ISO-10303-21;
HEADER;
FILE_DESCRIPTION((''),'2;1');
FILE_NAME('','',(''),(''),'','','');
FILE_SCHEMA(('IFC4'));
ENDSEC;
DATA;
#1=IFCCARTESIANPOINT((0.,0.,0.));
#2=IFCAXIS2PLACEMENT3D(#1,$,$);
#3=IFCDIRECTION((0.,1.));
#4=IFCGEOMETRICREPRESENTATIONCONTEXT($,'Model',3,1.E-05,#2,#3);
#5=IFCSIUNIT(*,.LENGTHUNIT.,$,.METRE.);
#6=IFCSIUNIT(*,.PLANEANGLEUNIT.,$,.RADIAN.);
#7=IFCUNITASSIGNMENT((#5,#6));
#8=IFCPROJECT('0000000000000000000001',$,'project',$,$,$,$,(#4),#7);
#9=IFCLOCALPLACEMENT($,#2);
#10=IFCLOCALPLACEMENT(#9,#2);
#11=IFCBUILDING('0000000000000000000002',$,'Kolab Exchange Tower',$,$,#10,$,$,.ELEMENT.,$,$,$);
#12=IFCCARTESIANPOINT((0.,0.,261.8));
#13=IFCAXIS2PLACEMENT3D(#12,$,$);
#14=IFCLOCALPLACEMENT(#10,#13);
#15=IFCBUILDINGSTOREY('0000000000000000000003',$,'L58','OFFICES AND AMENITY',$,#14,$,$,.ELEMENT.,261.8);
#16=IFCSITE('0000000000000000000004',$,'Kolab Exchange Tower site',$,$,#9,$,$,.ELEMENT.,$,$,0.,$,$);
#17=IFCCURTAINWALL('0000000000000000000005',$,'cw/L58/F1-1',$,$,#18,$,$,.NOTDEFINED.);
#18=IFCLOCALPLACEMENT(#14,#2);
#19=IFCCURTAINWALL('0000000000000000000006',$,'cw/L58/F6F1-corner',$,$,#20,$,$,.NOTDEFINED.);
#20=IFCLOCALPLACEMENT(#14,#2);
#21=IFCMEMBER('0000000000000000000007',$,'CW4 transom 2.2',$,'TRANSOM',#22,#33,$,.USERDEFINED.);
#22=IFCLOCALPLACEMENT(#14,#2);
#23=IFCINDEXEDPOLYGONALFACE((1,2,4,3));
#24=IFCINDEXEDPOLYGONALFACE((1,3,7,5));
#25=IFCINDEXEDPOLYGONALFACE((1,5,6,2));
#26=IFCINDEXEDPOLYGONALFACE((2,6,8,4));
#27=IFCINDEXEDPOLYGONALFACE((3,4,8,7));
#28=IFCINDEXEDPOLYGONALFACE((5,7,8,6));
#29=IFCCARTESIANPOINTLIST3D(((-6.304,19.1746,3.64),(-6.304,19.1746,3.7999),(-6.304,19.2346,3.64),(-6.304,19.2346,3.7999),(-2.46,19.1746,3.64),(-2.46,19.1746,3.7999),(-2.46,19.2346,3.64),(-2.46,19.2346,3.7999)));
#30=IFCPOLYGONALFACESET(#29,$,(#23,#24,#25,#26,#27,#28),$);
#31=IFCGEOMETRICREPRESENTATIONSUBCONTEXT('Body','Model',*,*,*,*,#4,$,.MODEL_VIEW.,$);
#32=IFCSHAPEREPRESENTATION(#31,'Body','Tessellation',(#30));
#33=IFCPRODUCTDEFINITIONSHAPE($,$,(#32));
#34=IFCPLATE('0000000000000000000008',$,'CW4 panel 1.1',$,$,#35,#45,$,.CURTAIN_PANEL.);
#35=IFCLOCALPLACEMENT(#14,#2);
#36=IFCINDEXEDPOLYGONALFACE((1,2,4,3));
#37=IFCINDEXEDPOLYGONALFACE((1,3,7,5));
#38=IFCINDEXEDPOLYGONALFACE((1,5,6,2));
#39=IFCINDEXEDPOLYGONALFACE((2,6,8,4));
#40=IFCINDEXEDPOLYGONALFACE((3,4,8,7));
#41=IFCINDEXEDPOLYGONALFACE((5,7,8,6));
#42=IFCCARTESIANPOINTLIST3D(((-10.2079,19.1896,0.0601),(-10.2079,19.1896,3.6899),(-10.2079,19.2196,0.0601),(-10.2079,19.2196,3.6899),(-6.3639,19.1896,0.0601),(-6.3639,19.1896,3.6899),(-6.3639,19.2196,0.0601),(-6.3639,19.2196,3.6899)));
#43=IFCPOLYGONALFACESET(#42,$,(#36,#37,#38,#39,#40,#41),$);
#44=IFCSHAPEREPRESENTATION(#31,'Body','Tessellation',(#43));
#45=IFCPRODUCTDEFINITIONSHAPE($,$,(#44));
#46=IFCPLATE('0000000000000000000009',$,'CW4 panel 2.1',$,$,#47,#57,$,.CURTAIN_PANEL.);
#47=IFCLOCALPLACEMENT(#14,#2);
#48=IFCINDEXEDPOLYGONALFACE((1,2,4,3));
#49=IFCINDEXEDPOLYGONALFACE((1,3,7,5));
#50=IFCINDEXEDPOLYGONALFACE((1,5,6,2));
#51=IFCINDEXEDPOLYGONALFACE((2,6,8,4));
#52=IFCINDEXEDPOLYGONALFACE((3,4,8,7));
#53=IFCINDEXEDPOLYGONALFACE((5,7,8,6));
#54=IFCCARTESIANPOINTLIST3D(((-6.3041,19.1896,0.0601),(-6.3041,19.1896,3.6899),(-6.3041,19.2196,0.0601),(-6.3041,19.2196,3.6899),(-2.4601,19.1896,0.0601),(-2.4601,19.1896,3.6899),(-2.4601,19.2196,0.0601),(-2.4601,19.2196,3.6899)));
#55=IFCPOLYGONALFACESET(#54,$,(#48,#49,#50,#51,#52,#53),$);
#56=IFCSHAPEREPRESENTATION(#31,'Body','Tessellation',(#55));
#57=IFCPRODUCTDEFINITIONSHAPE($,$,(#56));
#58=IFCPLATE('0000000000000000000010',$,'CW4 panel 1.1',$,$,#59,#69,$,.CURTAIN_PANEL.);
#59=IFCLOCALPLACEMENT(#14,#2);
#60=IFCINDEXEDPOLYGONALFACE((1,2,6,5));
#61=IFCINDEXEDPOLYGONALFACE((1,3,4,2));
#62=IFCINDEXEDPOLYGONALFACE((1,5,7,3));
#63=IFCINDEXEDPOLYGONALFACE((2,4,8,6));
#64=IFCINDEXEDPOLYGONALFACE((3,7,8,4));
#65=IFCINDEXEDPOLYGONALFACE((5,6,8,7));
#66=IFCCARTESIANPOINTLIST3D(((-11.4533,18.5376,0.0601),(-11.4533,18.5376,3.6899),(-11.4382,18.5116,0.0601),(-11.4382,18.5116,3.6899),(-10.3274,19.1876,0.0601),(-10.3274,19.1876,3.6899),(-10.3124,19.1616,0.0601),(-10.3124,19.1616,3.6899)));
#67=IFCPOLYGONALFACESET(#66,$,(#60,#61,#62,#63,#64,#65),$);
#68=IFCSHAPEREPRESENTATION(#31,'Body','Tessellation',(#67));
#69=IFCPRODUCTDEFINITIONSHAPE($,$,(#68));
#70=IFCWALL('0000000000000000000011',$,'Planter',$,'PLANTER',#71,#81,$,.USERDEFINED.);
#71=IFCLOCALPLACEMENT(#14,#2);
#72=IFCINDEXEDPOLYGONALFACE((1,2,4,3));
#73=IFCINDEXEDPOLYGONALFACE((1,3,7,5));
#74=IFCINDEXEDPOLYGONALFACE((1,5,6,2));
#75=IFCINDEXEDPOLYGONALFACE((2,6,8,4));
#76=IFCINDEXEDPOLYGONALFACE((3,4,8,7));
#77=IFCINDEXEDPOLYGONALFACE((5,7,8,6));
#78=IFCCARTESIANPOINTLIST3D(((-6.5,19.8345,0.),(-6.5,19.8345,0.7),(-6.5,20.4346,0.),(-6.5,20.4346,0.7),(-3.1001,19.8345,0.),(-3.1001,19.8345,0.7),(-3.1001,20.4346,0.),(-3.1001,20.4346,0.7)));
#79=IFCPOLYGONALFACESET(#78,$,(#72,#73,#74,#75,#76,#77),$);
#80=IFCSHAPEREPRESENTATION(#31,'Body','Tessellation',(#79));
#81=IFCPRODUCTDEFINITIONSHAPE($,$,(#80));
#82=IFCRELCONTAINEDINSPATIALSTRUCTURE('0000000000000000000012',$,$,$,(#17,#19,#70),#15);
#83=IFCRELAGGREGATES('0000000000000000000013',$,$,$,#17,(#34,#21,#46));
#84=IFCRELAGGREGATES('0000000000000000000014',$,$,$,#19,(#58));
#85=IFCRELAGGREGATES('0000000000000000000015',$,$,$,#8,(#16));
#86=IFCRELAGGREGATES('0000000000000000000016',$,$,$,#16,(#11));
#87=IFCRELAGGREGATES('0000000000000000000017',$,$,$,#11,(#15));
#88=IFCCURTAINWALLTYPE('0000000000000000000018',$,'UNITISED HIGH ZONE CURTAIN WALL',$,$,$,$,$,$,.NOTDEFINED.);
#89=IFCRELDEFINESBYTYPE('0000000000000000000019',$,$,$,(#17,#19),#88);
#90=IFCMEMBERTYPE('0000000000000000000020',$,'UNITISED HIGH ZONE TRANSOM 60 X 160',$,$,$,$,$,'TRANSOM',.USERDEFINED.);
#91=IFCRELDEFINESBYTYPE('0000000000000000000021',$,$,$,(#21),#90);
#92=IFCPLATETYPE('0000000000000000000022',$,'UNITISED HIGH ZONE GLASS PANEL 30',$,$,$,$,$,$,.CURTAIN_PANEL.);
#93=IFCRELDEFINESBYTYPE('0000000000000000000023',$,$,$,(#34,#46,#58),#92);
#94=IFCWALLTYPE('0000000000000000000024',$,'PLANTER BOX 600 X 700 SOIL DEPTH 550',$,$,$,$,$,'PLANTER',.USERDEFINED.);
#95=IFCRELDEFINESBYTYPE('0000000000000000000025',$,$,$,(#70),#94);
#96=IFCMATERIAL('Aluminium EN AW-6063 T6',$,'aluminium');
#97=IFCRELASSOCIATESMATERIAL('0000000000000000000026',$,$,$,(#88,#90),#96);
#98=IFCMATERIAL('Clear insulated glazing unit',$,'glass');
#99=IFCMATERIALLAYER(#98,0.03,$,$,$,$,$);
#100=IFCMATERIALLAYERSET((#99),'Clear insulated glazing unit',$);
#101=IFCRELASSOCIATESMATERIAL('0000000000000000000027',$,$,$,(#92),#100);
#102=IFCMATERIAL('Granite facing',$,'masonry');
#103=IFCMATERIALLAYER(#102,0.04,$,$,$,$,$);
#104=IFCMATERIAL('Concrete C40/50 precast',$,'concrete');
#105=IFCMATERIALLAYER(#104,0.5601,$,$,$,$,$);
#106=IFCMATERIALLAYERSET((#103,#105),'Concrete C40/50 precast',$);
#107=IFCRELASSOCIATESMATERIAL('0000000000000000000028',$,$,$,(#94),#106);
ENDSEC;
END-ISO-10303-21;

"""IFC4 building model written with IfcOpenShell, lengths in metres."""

from ifc_helpers import new_model, si_unit, direction, frame, frame_2d, origin, origin_2d, place, context, subcontext, project, spatial, rectangle, extrude, material, layer, layer_set, material_profile, profile_set, type_object, element, aggregate, save


model = new_model("IFC4")

# Units and contexts
model_context = context("Model", 3, precision=1e-05, world=origin(), true_north=direction((0.0, 1.0)))
body_context = subcontext(model_context, "Body", "Model", "MODEL_VIEW")
ifc_project = project(units=[si_unit("LENGTHUNIT", "METRE"), si_unit("PLANEANGLEUNIT", "RADIAN")], contexts=[model_context])

# Site, building, storey
site_placement = place(None, origin())
site = spatial("IfcSite", under=ifc_project, at=site_placement, Name="Kolab Exchange Tower site", CompositionType="ELEMENT", RefElevation=0.0)
building_placement = place(site_placement, origin())
building = spatial("IfcBuilding", under=site, at=building_placement, Name="Kolab Exchange Tower", CompositionType="ELEMENT")
storey_placement = place(building_placement, frame((0.0, 0.0, 261.8)))
storey = spatial("IfcBuildingStorey", under=building, at=storey_placement, Name="L58", Description="OFFICES AND AMENITY", CompositionType="ELEMENT", Elevation=261.8)

# Curtain wall
ifc_material_1 = material(Name="Aluminium EN AW-6063 T6", Category="aluminium")
curtain_wall_type = type_object("IfcCurtainWallType", Name="UNITISED HIGH ZONE CURTAIN WALL", PredefinedType="NOTDEFINED", material=ifc_material_1)
curtain_wall_1_placement = place(storey_placement, origin())
curtain_wall_1 = element("IfcCurtainWall", 1, at=curtain_wall_1_placement, inside=storey, type_object=curtain_wall_type, Name="cw/L58/F1-1", PredefinedType="NOTDEFINED")

# Curtain wall
curtain_wall_2_placement = place(storey_placement, origin())
curtain_wall_2 = element("IfcCurtainWall", 2, at=curtain_wall_2_placement, inside=storey, type_object=curtain_wall_type, Name="cw/L58/F6F1-corner", PredefinedType="NOTDEFINED")

# Member
ifc_material_profile_1 = material_profile(ifc_material_1, rectangle(XDim=0.0601, YDim=0.1599, at=origin_2d()), Name="RECT 60X160")
ifc_profile_set_1 = profile_set([ifc_material_profile_1], Name="Aluminium EN AW-6063 T6")
member_type_1 = type_object("IfcMemberType", Name="UNITISED HIGH ZONE TRANSOM 60 X 160", ElementType="TRANSOM", PredefinedType="USERDEFINED", material=ifc_profile_set_1)
member_1_placement = place(storey_placement, frame((-6.304, 19.2046, 3.72), z_axis=(1.0, 0.0, 0.0), x_axis=(0.0, 1.0, 0.0)))
member_1 = element("IfcMember", 3, at=member_1_placement, type_object=member_type_1, Name="CW4 transom 2.2", ObjectType="TRANSOM", PredefinedType="USERDEFINED", context=body_context, shape_type="SweptSolid", body=[
    extrude(rectangle(XDim=0.0601, YDim=0.1599, at=origin_2d()), origin(), (0.0, 0.0, 1.0), 3.844),
])

# Plates
ifc_material_2 = material(Name="Clear insulated glazing unit", Category="glass")
ifc_layer_1 = layer(ifc_material_2, 0.03)
ifc_layer_set_1 = layer_set([ifc_layer_1], Name="Clear insulated glazing unit")
plate_type = type_object("IfcPlateType", Name="UNITISED HIGH ZONE GLASS PANEL 30", PredefinedType="CURTAIN_PANEL", material=ifc_layer_set_1)
plate_1_placement = place(storey_placement, frame((-8.2859, 19.2046, 0.0601), z_axis=(0.0, 0.0, 1.0), x_axis=(1.0, 0.0, 0.0)))
plate_1 = element("IfcPlate", 4, at=plate_1_placement, type_object=plate_type, Name="CW4 panel 1.1", PredefinedType="CURTAIN_PANEL", context=body_context, shape_type="SweptSolid", body=[
    extrude(rectangle(XDim=3.844, YDim=0.03, at=origin_2d()), origin(), (0.0, 0.0, 1.0), 3.6299),
])
plate_2_placement = place(storey_placement, frame((-4.3821, 19.2046, 0.0601), z_axis=(0.0, 0.0, 1.0), x_axis=(1.0, 0.0, 0.0)))
plate_2 = element("IfcPlate", 5, at=plate_2_placement, type_object=plate_type, Name="CW4 panel 2.1", PredefinedType="CURTAIN_PANEL", context=body_context, shape_type="SweptSolid", body=[
    extrude(rectangle(XDim=3.844, YDim=0.03, at=origin_2d()), origin(), (0.0, 0.0, 1.0), 3.6299),
])
aggregate(curtain_wall_1, [plate_1, member_1, plate_2])
plate_3_placement = place(storey_placement, frame((-10.8828, 18.8496, 0.0601), z_axis=(0.0, 0.0, 1.0), x_axis=(0.866025, 0.5, 0.0)))
plate_3 = element("IfcPlate", 6, at=plate_3_placement, type_object=plate_type, Name="CW4 panel 1.1", PredefinedType="CURTAIN_PANEL", context=body_context, shape_type="SweptSolid", body=[
    extrude(rectangle(XDim=1.3, YDim=0.03, at=origin_2d()), origin(), (0.0, 0.0, 1.0), 3.6299),
])
aggregate(curtain_wall_2, [plate_3])

# Wall
ifc_material_3 = material(Name="Granite facing", Category="masonry")
ifc_layer_2 = layer(ifc_material_3, 0.04)
ifc_material_4 = material(Name="Concrete C40/50 precast", Category="concrete")
ifc_layer_3 = layer(ifc_material_4, 0.5601)
ifc_layer_set_2 = layer_set([ifc_layer_2, ifc_layer_3], Name="Concrete C40/50 precast")
wall_type_1 = type_object("IfcWallType", Name="PLANTER BOX 600 X 700 SOIL DEPTH 550", ElementType="PLANTER", PredefinedType="USERDEFINED", material=ifc_layer_set_2)
wall_1_placement = place(storey_placement, frame((-6.5, 20.1345, 0.0), z_axis=(0.0, 0.0, 1.0), x_axis=(1.0, 0.0, 0.0)))
element("IfcWall", 7, at=wall_1_placement, inside=storey, type_object=wall_type_1, Name="Planter", ObjectType="PLANTER", PredefinedType="USERDEFINED", context=body_context, shape_type="SweptSolid", body=[
    extrude(rectangle(XDim=3.3999, YDim=0.6001, at=frame_2d((1.7, 0.0))), origin(), (0.0, 0.0, 1.0), 0.7),
])

save(model, "model.ifc")
